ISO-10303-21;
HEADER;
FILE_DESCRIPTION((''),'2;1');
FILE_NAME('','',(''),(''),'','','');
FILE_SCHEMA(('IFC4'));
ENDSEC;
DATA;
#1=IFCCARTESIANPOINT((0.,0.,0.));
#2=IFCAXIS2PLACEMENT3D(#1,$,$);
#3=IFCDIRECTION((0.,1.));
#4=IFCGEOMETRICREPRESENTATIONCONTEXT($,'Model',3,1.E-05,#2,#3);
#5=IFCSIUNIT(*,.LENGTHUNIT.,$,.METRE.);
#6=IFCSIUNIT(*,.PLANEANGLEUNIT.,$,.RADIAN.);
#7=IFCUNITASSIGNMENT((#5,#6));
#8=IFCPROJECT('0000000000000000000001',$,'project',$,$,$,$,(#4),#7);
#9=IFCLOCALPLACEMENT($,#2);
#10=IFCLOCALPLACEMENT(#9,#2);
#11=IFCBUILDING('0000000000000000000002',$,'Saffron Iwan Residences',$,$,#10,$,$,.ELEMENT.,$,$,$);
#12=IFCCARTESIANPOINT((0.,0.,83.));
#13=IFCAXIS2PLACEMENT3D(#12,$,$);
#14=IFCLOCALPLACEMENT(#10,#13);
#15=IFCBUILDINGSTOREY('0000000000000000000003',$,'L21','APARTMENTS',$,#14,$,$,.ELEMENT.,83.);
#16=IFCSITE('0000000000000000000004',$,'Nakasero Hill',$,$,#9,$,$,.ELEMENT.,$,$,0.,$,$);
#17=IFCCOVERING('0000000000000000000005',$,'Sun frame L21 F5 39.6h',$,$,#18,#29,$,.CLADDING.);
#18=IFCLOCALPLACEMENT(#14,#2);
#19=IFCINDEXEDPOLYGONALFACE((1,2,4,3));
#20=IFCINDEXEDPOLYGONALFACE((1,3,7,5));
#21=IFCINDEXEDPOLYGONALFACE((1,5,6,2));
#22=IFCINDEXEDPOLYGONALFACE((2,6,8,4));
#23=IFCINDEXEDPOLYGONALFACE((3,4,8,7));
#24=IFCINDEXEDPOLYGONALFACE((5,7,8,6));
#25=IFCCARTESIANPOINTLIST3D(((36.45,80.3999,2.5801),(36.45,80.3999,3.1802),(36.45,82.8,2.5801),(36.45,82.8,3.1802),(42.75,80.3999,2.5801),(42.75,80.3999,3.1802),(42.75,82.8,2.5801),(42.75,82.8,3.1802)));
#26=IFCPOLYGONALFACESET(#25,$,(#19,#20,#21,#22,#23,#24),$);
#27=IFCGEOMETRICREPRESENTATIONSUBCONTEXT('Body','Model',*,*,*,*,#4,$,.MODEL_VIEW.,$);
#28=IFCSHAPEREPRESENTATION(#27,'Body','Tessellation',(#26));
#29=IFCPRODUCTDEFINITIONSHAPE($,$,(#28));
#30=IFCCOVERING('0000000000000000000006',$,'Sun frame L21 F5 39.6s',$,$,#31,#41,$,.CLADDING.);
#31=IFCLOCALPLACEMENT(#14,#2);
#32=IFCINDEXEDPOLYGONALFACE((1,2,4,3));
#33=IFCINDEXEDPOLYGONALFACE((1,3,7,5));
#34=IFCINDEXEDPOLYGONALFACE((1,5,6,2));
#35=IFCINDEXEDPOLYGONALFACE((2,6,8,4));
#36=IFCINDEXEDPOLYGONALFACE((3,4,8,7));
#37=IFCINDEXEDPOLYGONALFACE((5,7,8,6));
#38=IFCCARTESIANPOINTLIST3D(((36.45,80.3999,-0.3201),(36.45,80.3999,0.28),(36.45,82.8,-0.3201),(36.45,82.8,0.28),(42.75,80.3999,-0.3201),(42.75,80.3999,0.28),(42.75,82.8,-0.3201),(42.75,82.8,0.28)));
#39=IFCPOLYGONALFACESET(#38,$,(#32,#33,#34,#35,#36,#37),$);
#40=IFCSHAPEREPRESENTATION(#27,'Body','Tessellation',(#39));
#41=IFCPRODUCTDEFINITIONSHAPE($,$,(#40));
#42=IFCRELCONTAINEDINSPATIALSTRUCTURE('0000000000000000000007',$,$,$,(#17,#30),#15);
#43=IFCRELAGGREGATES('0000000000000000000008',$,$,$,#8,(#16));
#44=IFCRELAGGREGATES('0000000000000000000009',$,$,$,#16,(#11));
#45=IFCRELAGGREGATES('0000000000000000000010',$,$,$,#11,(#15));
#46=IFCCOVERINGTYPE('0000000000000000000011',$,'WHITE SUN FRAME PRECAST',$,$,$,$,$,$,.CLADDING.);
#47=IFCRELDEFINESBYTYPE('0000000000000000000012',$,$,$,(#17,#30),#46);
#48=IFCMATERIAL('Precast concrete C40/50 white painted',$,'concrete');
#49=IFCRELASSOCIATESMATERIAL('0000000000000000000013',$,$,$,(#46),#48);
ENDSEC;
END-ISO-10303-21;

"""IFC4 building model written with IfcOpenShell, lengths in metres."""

from ifc_helpers import new_model, si_unit, direction, frame, origin, place, context, subcontext, project, spatial, polyline, outline, extrude, material, type_object, element, save


model = new_model("IFC4")

# Units and contexts
model_context = context("Model", 3, precision=1e-05, world=origin(), true_north=direction((0.0, 1.0)))
body_context = subcontext(model_context, "Body", "Model", "MODEL_VIEW")
ifc_project = project(units=[si_unit("LENGTHUNIT", "METRE"), si_unit("PLANEANGLEUNIT", "RADIAN")], contexts=[model_context])

# Site, building, storey
site_placement = place(None, origin())
site = spatial("IfcSite", under=ifc_project, at=site_placement, Name="Nakasero Hill", CompositionType="ELEMENT", RefElevation=0.0)
building_placement = place(site_placement, origin())
building = spatial("IfcBuilding", under=site, at=building_placement, Name="Saffron Iwan Residences", CompositionType="ELEMENT")
storey_placement = place(building_placement, frame((0.0, 0.0, 83.0)))
storey = spatial("IfcBuildingStorey", under=building, at=storey_placement, Name="L21", Description="APARTMENTS", CompositionType="ELEMENT", Elevation=83.0)

# Coverings
ifc_material_1 = material(Name="Precast concrete C40/50 white painted", Category="concrete")
covering_type = type_object("IfcCoveringType", Name="WHITE SUN FRAME PRECAST", PredefinedType="CLADDING", material=ifc_material_1)
for number, where, z_axis, x_axis, name in (
    (1, (42.75, 80.3999, 2.5801), (0.0, 1.0, 0.0), (-1.0, 0.0, 0.0), "Sun frame L21 F5 39.6h"),
    (2, (42.75, 80.3999, -0.3201), (0.0, 1.0, 0.0), (-1.0, 0.0, 0.0), "Sun frame L21 F5 39.6s"),
):
    element("IfcCovering", number, at=place(storey_placement, frame(where, z_axis=z_axis, x_axis=x_axis)), inside=storey, type_object=covering_type, Name=name, PredefinedType="CLADDING", context=body_context, shape_type="SweptSolid", body=[
        extrude(outline(polyline([(0.0, 0.0), (6.3, 0.0), (6.3, 0.6001), (0.0, 0.6001), (0.0, 0.0)])), origin(), (0.0, 0.0, 1.0), 2.4001),
    ])

save(model, "model.ifc")
